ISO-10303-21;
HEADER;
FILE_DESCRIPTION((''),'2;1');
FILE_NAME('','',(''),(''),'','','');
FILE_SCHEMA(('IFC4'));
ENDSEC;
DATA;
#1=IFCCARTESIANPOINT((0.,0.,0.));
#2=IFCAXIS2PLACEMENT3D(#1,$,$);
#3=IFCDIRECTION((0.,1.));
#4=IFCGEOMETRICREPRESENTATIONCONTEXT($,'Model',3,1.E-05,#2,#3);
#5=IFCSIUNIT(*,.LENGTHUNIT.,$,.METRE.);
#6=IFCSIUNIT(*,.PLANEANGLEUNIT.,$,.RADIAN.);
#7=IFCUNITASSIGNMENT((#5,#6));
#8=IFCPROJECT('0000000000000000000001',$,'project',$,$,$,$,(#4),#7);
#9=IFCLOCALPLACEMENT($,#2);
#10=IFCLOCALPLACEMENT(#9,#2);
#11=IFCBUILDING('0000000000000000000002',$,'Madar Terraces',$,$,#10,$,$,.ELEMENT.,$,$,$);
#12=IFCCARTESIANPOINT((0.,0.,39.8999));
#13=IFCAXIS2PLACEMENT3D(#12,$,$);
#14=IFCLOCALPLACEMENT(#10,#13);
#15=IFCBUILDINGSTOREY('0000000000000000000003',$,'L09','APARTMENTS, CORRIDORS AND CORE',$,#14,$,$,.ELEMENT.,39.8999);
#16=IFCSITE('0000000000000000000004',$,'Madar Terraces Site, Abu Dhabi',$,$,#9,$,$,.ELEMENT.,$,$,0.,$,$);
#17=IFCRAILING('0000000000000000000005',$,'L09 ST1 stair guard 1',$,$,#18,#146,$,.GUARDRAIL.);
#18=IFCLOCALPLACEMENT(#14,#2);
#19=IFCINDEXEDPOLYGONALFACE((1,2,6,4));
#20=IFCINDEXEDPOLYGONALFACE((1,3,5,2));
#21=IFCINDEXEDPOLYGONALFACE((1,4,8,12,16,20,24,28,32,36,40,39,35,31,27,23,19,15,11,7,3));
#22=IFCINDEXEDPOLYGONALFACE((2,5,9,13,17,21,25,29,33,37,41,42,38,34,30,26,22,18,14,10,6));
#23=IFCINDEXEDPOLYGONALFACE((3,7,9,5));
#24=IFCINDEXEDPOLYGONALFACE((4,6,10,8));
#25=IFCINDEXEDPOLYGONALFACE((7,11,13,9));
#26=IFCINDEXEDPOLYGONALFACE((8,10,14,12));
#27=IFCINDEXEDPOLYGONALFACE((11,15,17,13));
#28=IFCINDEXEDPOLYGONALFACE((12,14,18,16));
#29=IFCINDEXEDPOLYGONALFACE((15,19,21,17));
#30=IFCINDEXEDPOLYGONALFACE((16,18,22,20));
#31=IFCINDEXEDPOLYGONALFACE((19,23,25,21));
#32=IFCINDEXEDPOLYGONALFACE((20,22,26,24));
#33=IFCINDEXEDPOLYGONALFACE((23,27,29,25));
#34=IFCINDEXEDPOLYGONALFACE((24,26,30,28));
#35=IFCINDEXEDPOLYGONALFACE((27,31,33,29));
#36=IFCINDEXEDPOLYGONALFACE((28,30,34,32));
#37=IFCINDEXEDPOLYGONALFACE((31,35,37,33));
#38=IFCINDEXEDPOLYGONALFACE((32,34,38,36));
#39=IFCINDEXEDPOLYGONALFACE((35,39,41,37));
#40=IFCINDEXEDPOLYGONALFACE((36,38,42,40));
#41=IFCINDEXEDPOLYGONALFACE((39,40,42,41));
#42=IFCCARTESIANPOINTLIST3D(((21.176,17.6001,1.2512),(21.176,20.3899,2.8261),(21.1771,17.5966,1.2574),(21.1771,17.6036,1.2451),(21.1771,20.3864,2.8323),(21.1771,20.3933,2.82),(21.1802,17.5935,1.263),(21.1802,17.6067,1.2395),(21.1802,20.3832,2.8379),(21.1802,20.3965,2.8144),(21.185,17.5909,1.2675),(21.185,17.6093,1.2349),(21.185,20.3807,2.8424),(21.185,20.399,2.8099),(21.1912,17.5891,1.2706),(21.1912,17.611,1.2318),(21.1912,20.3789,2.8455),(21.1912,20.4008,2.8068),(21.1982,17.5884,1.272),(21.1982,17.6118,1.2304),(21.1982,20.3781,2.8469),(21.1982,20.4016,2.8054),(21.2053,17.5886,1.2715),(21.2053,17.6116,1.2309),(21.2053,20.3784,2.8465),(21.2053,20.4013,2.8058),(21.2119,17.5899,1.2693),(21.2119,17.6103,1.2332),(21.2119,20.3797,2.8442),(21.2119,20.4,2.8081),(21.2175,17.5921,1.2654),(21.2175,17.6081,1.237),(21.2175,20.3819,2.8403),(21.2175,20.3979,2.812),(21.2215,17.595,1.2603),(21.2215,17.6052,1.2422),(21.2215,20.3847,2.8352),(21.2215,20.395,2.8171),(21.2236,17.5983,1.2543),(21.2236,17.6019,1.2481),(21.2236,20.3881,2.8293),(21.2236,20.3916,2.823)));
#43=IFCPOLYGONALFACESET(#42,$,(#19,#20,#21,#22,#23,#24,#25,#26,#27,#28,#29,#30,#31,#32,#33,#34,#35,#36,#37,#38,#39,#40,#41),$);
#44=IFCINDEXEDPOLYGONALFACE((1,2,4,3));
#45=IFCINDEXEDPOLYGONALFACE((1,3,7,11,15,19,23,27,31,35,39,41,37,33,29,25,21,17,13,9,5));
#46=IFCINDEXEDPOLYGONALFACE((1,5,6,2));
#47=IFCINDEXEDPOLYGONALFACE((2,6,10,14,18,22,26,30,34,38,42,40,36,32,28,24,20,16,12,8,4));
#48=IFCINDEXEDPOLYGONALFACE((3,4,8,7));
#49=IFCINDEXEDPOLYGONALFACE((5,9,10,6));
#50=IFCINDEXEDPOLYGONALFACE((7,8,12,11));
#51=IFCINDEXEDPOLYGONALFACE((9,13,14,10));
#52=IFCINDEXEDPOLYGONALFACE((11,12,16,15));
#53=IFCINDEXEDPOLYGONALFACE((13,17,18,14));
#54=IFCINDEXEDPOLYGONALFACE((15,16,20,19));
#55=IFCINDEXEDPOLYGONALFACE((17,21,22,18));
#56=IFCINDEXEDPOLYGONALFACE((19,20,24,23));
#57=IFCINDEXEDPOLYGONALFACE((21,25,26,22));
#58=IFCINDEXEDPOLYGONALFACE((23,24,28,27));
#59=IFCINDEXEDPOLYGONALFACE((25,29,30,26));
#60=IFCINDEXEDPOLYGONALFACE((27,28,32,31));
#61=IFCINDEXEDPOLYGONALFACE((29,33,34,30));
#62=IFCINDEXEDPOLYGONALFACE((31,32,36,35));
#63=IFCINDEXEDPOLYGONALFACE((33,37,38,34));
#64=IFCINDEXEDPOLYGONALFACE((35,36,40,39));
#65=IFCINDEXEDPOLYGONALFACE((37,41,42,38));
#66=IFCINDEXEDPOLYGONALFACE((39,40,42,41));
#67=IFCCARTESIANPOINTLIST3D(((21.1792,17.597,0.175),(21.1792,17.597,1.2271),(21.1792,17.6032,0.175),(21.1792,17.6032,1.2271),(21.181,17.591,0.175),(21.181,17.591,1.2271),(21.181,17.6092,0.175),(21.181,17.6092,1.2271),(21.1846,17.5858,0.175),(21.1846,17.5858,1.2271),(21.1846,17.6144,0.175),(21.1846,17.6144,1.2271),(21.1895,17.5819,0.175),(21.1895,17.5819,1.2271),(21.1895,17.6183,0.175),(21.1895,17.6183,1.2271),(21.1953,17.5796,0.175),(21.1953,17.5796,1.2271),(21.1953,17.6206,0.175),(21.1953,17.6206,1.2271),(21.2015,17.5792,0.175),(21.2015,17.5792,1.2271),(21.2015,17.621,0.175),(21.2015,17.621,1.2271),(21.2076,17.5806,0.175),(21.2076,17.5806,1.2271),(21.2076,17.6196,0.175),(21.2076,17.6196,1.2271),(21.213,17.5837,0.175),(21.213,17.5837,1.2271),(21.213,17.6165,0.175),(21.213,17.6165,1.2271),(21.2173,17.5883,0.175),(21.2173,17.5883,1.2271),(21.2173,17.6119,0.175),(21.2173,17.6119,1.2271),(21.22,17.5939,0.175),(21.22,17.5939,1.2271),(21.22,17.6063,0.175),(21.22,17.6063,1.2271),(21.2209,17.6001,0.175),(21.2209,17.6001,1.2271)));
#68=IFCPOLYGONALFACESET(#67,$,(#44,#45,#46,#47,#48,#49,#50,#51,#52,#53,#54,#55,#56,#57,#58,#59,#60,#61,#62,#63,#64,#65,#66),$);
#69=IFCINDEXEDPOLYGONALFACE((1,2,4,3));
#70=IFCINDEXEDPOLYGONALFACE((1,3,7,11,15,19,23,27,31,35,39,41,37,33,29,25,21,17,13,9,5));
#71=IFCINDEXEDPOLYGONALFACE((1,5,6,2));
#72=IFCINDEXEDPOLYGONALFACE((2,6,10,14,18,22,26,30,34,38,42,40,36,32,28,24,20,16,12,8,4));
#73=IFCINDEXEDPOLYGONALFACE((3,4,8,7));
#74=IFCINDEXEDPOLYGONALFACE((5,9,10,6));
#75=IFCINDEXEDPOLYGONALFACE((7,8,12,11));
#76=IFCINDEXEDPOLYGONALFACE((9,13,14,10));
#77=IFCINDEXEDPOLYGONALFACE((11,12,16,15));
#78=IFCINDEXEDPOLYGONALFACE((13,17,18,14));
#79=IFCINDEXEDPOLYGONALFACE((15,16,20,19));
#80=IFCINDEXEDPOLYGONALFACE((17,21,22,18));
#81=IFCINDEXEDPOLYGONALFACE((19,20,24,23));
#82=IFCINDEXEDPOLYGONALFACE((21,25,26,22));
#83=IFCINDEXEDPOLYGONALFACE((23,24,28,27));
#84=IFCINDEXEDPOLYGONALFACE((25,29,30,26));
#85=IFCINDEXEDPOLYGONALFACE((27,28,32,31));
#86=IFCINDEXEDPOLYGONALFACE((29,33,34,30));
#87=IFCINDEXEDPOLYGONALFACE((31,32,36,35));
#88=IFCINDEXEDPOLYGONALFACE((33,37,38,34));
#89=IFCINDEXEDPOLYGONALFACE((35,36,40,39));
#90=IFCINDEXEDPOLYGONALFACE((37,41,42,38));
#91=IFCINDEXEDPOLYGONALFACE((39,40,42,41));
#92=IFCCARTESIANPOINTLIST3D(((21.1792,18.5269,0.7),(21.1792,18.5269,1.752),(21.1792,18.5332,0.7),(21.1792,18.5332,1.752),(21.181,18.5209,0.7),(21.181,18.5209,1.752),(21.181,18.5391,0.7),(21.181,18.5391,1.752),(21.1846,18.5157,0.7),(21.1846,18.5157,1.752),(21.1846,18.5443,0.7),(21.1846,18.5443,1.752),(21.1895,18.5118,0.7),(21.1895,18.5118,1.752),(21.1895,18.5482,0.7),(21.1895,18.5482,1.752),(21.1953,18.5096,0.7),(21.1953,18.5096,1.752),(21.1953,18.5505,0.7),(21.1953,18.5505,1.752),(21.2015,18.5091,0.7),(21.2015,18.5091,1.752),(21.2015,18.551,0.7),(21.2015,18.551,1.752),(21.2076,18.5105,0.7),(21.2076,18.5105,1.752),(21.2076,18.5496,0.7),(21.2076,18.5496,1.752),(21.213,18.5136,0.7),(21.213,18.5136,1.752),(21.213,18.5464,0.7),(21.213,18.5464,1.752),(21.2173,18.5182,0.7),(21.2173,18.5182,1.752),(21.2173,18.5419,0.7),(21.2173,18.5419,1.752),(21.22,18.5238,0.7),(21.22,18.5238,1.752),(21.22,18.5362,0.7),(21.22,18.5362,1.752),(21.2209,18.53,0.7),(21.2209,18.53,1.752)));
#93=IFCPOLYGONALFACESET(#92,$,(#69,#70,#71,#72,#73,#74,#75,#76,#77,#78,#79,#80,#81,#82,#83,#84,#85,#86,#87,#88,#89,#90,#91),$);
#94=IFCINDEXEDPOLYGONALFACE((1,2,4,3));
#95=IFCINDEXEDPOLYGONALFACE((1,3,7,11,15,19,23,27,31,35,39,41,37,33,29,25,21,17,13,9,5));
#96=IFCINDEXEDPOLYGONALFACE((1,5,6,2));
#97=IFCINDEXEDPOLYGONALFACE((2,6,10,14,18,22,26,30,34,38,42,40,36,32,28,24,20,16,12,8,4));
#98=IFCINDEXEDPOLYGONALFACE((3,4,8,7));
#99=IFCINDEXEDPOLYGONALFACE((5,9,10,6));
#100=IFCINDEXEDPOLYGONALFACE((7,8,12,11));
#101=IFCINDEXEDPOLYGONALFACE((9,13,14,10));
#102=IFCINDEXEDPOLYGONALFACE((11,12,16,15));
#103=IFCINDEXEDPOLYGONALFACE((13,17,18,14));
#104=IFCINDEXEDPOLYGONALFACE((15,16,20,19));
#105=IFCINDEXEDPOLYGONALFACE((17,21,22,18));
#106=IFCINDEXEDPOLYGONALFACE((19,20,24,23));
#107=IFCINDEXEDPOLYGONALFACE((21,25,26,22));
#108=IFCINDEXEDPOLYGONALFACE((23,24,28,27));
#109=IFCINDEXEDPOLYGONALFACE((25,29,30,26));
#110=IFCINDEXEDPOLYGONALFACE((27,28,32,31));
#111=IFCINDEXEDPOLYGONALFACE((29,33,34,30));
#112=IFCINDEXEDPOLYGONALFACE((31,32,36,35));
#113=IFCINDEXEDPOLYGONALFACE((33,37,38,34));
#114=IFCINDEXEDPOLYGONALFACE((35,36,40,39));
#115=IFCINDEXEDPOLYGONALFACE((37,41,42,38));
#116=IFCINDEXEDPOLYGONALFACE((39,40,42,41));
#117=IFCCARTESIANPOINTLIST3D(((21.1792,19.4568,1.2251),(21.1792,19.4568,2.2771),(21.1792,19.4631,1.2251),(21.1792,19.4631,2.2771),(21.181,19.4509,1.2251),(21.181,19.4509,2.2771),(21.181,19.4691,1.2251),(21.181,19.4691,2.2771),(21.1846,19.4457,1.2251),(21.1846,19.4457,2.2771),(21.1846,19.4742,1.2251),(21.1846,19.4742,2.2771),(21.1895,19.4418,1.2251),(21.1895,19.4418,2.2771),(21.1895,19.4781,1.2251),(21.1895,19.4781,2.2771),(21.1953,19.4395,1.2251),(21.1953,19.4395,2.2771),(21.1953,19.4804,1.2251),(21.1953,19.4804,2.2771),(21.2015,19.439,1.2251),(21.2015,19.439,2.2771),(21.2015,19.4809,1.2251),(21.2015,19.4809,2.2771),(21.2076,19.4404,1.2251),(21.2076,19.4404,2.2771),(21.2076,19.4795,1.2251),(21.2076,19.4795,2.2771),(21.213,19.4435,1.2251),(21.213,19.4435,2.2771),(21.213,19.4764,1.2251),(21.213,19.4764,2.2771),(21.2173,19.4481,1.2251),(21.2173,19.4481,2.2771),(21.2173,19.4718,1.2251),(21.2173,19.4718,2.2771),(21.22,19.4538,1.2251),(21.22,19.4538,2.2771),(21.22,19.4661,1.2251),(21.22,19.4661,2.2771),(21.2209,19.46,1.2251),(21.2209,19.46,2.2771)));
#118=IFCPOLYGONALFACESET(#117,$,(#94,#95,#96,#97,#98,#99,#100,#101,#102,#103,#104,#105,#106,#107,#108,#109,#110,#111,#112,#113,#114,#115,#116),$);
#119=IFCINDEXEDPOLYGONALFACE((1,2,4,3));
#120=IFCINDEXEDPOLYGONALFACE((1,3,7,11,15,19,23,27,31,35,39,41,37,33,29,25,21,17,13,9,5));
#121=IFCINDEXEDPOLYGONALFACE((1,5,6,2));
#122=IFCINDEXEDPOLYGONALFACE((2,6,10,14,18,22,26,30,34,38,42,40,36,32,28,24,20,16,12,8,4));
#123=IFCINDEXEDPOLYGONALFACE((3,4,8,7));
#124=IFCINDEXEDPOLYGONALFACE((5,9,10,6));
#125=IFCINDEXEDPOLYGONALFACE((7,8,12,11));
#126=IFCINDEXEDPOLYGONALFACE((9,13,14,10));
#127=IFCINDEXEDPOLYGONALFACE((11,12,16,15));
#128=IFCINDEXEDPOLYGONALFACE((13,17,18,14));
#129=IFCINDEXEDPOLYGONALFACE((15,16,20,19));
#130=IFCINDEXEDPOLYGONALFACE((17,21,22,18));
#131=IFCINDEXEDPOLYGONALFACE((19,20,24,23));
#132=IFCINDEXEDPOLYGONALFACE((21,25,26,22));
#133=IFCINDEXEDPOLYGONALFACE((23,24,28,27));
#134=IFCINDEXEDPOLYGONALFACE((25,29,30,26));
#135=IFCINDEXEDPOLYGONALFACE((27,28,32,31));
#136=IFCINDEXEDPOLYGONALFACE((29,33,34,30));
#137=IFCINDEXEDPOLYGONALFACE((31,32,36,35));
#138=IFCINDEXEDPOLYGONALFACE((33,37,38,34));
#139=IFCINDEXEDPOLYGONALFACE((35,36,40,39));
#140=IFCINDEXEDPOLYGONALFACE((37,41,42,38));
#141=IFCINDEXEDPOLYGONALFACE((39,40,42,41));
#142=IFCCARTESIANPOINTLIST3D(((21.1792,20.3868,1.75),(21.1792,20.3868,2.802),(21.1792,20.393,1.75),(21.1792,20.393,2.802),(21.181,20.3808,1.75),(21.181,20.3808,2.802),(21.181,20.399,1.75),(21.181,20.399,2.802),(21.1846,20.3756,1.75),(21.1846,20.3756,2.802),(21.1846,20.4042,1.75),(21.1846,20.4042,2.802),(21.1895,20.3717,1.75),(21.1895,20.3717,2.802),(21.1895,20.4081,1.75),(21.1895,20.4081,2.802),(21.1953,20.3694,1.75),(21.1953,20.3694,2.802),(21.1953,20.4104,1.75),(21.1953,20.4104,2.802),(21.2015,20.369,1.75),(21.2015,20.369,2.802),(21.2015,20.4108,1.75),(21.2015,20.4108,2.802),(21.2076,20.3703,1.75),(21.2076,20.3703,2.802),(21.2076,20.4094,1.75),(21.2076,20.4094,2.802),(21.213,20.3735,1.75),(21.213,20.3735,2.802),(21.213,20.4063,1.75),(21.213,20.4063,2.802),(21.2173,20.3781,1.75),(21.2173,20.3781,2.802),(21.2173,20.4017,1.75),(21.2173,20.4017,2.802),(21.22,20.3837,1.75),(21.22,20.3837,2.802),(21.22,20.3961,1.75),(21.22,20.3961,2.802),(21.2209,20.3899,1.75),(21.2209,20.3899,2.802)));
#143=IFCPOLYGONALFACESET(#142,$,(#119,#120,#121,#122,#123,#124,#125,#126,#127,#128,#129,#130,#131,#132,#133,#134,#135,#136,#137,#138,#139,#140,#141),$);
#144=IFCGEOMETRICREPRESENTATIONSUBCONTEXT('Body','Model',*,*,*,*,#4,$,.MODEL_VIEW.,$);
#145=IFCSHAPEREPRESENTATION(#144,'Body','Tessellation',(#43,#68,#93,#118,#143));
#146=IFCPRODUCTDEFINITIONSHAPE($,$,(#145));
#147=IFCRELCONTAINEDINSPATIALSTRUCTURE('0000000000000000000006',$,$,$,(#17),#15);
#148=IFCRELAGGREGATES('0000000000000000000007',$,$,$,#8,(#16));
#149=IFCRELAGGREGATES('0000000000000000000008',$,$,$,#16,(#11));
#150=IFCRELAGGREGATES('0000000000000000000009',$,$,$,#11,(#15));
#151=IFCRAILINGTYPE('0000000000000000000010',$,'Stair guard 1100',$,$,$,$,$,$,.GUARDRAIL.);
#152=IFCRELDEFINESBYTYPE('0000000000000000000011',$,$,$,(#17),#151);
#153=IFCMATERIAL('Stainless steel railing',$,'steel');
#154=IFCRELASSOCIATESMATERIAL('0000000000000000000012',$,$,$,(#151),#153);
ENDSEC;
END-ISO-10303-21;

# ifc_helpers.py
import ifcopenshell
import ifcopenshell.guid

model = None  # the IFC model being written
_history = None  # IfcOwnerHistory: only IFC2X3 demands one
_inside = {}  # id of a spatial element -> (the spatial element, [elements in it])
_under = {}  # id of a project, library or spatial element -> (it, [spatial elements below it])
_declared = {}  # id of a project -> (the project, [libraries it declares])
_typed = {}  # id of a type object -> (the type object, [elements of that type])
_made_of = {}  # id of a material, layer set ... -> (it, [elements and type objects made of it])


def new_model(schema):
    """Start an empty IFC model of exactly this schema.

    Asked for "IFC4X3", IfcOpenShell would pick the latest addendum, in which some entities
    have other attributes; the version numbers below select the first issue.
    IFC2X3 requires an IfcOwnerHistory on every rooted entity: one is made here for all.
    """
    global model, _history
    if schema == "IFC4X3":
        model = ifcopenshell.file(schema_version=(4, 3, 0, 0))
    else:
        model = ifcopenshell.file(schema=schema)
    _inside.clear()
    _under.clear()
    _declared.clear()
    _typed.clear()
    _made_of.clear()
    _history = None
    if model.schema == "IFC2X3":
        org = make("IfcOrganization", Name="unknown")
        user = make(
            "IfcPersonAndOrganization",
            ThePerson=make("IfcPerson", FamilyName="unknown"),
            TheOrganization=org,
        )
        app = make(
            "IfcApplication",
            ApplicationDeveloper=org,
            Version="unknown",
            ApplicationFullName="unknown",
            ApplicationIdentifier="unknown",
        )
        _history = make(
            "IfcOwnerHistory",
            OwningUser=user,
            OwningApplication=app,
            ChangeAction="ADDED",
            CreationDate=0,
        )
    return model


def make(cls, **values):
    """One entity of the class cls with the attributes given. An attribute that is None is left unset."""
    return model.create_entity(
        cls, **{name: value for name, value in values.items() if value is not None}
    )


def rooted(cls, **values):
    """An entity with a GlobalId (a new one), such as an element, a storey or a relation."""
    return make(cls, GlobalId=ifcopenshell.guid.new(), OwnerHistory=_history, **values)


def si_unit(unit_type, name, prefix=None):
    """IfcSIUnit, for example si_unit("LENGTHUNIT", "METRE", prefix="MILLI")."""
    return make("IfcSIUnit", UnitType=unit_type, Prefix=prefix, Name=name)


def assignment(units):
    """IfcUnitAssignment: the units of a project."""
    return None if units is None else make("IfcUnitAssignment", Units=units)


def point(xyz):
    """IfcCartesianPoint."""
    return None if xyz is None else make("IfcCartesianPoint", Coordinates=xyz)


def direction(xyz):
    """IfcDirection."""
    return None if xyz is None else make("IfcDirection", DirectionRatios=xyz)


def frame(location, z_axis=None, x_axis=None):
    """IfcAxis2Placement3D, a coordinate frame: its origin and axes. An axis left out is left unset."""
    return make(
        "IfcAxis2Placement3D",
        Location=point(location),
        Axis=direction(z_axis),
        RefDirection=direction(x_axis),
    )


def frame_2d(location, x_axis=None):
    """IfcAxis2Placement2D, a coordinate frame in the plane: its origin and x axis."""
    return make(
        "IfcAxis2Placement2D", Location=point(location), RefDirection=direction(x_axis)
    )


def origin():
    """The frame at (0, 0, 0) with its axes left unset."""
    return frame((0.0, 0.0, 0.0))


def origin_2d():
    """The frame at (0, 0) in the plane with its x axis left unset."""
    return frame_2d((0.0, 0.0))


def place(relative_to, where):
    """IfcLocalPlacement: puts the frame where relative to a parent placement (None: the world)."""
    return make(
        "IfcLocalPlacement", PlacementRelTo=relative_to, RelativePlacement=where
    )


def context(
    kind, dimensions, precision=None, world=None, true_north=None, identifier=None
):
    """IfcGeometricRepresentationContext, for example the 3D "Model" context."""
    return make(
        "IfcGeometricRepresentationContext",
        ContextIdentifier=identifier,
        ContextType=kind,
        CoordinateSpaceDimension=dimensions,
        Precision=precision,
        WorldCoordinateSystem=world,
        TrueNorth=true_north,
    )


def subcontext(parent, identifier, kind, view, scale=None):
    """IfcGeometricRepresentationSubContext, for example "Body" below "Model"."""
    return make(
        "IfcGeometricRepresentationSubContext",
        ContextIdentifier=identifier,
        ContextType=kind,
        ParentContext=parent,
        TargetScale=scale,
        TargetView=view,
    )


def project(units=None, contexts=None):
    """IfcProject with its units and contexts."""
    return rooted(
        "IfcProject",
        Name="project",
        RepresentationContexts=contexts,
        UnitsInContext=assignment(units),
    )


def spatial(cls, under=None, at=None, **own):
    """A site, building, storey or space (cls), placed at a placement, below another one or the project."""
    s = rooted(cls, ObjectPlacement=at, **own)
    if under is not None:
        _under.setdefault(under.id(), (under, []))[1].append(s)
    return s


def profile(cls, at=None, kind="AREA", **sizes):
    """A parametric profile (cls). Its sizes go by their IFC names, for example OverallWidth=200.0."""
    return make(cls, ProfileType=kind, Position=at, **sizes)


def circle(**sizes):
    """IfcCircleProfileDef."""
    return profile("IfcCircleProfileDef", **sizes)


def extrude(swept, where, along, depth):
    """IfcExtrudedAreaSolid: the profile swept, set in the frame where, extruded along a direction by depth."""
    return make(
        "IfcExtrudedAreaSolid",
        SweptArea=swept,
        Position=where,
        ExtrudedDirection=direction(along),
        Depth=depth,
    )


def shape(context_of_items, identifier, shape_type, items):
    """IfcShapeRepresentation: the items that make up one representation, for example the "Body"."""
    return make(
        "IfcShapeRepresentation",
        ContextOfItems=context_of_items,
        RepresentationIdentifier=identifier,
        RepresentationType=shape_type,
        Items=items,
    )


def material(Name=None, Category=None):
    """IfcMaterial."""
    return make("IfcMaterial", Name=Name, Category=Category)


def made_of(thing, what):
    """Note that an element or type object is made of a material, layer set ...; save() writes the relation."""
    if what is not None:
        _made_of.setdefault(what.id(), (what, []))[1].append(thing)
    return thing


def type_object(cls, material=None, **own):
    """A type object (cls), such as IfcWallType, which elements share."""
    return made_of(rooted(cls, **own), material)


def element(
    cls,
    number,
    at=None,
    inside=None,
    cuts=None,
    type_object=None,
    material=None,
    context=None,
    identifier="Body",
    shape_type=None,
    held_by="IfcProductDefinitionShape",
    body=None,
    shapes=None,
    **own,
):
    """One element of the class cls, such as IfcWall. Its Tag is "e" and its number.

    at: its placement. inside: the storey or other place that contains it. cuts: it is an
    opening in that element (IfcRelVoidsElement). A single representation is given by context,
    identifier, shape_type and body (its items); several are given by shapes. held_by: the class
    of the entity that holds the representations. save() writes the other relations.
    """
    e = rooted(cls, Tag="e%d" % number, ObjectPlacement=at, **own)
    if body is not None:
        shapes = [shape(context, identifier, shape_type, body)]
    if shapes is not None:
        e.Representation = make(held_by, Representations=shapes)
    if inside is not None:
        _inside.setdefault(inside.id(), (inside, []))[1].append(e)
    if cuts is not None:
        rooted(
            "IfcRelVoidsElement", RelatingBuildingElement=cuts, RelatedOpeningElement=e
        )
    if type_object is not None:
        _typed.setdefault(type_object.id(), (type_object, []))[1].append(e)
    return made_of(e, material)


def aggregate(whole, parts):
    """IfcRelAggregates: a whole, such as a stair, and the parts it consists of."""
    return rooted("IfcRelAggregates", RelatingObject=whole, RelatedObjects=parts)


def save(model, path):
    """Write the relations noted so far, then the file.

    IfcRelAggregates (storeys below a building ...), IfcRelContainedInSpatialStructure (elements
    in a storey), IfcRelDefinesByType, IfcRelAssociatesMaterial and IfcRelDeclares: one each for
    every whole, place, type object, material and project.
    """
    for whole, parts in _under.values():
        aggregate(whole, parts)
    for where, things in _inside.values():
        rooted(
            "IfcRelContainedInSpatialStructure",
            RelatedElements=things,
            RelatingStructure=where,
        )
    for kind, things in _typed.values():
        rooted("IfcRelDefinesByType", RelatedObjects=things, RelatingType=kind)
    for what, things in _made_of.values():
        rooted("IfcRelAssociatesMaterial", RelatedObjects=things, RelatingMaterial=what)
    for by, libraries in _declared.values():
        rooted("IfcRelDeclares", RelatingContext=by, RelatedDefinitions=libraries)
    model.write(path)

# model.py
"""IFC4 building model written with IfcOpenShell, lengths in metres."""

from ifc_helpers import new_model, si_unit, direction, frame, origin, origin_2d, place, context, subcontext, project, spatial, circle, extrude, material, type_object, element, save


model = new_model("IFC4")

# Units and contexts
model_context = context("Model", 3, precision=1e-05, world=origin(), true_north=direction((0.0, 1.0)))
body_context = subcontext(model_context, "Body", "Model", "MODEL_VIEW")
ifc_project = project(units=[si_unit("LENGTHUNIT", "METRE"), si_unit("PLANEANGLEUNIT", "RADIAN")], contexts=[model_context])

# Site, building, storey
site_placement = place(None, origin())
site = spatial("IfcSite", under=ifc_project, at=site_placement, Name="Madar Terraces Site, Abu Dhabi", CompositionType="ELEMENT", RefElevation=0.0)
building_placement = place(site_placement, origin())
building = spatial("IfcBuilding", under=site, at=building_placement, Name="Madar Terraces", CompositionType="ELEMENT")
storey_placement = place(building_placement, frame((0.0, 0.0, 39.8999)))
storey = spatial("IfcBuildingStorey", under=building, at=storey_placement, Name="L09", Description="APARTMENTS, CORRIDORS AND CORE", CompositionType="ELEMENT", Elevation=39.8999)

# Railing
ifc_material_1 = material(Name="Stainless steel railing", Category="steel")
railing_type_1 = type_object("IfcRailingType", Name="Stair guard 1100", PredefinedType="GUARDRAIL", material=ifc_material_1)
railing_1_placement = place(storey_placement, frame((21.2, 17.6001, 0.175)))
element("IfcRailing", 1, at=railing_1_placement, inside=storey, type_object=railing_type_1, Name="L09 ST1 stair guard 1", PredefinedType="GUARDRAIL", context=body_context, shape_type="SweptSolid", body=[
    extrude(circle(Radius=0.0239, at=origin_2d()), frame((0.0, 0.0, 1.0762), z_axis=(0.0, 0.870815, 0.49161), x_axis=(-1.0, 0.0, 0.0)), (0.0, 0.0, 1.0), 3.2036),
    extrude(circle(Radius=0.021, at=origin_2d()), origin(), (0.0, 0.0, 1.0), 1.052),
    extrude(circle(Radius=0.021, at=origin_2d()), frame((0.0, 0.9299, 0.5249)), (0.0, 0.0, 1.0), 1.052),
    extrude(circle(Radius=0.021, at=origin_2d()), frame((0.0, 1.8599, 1.05)), (0.0, 0.0, 1.0), 1.052),
    extrude(circle(Radius=0.021, at=origin_2d()), frame((0.0, 2.7898, 1.575)), (0.0, 0.0, 1.0), 1.052),
])

save(model, "model.ifc")
